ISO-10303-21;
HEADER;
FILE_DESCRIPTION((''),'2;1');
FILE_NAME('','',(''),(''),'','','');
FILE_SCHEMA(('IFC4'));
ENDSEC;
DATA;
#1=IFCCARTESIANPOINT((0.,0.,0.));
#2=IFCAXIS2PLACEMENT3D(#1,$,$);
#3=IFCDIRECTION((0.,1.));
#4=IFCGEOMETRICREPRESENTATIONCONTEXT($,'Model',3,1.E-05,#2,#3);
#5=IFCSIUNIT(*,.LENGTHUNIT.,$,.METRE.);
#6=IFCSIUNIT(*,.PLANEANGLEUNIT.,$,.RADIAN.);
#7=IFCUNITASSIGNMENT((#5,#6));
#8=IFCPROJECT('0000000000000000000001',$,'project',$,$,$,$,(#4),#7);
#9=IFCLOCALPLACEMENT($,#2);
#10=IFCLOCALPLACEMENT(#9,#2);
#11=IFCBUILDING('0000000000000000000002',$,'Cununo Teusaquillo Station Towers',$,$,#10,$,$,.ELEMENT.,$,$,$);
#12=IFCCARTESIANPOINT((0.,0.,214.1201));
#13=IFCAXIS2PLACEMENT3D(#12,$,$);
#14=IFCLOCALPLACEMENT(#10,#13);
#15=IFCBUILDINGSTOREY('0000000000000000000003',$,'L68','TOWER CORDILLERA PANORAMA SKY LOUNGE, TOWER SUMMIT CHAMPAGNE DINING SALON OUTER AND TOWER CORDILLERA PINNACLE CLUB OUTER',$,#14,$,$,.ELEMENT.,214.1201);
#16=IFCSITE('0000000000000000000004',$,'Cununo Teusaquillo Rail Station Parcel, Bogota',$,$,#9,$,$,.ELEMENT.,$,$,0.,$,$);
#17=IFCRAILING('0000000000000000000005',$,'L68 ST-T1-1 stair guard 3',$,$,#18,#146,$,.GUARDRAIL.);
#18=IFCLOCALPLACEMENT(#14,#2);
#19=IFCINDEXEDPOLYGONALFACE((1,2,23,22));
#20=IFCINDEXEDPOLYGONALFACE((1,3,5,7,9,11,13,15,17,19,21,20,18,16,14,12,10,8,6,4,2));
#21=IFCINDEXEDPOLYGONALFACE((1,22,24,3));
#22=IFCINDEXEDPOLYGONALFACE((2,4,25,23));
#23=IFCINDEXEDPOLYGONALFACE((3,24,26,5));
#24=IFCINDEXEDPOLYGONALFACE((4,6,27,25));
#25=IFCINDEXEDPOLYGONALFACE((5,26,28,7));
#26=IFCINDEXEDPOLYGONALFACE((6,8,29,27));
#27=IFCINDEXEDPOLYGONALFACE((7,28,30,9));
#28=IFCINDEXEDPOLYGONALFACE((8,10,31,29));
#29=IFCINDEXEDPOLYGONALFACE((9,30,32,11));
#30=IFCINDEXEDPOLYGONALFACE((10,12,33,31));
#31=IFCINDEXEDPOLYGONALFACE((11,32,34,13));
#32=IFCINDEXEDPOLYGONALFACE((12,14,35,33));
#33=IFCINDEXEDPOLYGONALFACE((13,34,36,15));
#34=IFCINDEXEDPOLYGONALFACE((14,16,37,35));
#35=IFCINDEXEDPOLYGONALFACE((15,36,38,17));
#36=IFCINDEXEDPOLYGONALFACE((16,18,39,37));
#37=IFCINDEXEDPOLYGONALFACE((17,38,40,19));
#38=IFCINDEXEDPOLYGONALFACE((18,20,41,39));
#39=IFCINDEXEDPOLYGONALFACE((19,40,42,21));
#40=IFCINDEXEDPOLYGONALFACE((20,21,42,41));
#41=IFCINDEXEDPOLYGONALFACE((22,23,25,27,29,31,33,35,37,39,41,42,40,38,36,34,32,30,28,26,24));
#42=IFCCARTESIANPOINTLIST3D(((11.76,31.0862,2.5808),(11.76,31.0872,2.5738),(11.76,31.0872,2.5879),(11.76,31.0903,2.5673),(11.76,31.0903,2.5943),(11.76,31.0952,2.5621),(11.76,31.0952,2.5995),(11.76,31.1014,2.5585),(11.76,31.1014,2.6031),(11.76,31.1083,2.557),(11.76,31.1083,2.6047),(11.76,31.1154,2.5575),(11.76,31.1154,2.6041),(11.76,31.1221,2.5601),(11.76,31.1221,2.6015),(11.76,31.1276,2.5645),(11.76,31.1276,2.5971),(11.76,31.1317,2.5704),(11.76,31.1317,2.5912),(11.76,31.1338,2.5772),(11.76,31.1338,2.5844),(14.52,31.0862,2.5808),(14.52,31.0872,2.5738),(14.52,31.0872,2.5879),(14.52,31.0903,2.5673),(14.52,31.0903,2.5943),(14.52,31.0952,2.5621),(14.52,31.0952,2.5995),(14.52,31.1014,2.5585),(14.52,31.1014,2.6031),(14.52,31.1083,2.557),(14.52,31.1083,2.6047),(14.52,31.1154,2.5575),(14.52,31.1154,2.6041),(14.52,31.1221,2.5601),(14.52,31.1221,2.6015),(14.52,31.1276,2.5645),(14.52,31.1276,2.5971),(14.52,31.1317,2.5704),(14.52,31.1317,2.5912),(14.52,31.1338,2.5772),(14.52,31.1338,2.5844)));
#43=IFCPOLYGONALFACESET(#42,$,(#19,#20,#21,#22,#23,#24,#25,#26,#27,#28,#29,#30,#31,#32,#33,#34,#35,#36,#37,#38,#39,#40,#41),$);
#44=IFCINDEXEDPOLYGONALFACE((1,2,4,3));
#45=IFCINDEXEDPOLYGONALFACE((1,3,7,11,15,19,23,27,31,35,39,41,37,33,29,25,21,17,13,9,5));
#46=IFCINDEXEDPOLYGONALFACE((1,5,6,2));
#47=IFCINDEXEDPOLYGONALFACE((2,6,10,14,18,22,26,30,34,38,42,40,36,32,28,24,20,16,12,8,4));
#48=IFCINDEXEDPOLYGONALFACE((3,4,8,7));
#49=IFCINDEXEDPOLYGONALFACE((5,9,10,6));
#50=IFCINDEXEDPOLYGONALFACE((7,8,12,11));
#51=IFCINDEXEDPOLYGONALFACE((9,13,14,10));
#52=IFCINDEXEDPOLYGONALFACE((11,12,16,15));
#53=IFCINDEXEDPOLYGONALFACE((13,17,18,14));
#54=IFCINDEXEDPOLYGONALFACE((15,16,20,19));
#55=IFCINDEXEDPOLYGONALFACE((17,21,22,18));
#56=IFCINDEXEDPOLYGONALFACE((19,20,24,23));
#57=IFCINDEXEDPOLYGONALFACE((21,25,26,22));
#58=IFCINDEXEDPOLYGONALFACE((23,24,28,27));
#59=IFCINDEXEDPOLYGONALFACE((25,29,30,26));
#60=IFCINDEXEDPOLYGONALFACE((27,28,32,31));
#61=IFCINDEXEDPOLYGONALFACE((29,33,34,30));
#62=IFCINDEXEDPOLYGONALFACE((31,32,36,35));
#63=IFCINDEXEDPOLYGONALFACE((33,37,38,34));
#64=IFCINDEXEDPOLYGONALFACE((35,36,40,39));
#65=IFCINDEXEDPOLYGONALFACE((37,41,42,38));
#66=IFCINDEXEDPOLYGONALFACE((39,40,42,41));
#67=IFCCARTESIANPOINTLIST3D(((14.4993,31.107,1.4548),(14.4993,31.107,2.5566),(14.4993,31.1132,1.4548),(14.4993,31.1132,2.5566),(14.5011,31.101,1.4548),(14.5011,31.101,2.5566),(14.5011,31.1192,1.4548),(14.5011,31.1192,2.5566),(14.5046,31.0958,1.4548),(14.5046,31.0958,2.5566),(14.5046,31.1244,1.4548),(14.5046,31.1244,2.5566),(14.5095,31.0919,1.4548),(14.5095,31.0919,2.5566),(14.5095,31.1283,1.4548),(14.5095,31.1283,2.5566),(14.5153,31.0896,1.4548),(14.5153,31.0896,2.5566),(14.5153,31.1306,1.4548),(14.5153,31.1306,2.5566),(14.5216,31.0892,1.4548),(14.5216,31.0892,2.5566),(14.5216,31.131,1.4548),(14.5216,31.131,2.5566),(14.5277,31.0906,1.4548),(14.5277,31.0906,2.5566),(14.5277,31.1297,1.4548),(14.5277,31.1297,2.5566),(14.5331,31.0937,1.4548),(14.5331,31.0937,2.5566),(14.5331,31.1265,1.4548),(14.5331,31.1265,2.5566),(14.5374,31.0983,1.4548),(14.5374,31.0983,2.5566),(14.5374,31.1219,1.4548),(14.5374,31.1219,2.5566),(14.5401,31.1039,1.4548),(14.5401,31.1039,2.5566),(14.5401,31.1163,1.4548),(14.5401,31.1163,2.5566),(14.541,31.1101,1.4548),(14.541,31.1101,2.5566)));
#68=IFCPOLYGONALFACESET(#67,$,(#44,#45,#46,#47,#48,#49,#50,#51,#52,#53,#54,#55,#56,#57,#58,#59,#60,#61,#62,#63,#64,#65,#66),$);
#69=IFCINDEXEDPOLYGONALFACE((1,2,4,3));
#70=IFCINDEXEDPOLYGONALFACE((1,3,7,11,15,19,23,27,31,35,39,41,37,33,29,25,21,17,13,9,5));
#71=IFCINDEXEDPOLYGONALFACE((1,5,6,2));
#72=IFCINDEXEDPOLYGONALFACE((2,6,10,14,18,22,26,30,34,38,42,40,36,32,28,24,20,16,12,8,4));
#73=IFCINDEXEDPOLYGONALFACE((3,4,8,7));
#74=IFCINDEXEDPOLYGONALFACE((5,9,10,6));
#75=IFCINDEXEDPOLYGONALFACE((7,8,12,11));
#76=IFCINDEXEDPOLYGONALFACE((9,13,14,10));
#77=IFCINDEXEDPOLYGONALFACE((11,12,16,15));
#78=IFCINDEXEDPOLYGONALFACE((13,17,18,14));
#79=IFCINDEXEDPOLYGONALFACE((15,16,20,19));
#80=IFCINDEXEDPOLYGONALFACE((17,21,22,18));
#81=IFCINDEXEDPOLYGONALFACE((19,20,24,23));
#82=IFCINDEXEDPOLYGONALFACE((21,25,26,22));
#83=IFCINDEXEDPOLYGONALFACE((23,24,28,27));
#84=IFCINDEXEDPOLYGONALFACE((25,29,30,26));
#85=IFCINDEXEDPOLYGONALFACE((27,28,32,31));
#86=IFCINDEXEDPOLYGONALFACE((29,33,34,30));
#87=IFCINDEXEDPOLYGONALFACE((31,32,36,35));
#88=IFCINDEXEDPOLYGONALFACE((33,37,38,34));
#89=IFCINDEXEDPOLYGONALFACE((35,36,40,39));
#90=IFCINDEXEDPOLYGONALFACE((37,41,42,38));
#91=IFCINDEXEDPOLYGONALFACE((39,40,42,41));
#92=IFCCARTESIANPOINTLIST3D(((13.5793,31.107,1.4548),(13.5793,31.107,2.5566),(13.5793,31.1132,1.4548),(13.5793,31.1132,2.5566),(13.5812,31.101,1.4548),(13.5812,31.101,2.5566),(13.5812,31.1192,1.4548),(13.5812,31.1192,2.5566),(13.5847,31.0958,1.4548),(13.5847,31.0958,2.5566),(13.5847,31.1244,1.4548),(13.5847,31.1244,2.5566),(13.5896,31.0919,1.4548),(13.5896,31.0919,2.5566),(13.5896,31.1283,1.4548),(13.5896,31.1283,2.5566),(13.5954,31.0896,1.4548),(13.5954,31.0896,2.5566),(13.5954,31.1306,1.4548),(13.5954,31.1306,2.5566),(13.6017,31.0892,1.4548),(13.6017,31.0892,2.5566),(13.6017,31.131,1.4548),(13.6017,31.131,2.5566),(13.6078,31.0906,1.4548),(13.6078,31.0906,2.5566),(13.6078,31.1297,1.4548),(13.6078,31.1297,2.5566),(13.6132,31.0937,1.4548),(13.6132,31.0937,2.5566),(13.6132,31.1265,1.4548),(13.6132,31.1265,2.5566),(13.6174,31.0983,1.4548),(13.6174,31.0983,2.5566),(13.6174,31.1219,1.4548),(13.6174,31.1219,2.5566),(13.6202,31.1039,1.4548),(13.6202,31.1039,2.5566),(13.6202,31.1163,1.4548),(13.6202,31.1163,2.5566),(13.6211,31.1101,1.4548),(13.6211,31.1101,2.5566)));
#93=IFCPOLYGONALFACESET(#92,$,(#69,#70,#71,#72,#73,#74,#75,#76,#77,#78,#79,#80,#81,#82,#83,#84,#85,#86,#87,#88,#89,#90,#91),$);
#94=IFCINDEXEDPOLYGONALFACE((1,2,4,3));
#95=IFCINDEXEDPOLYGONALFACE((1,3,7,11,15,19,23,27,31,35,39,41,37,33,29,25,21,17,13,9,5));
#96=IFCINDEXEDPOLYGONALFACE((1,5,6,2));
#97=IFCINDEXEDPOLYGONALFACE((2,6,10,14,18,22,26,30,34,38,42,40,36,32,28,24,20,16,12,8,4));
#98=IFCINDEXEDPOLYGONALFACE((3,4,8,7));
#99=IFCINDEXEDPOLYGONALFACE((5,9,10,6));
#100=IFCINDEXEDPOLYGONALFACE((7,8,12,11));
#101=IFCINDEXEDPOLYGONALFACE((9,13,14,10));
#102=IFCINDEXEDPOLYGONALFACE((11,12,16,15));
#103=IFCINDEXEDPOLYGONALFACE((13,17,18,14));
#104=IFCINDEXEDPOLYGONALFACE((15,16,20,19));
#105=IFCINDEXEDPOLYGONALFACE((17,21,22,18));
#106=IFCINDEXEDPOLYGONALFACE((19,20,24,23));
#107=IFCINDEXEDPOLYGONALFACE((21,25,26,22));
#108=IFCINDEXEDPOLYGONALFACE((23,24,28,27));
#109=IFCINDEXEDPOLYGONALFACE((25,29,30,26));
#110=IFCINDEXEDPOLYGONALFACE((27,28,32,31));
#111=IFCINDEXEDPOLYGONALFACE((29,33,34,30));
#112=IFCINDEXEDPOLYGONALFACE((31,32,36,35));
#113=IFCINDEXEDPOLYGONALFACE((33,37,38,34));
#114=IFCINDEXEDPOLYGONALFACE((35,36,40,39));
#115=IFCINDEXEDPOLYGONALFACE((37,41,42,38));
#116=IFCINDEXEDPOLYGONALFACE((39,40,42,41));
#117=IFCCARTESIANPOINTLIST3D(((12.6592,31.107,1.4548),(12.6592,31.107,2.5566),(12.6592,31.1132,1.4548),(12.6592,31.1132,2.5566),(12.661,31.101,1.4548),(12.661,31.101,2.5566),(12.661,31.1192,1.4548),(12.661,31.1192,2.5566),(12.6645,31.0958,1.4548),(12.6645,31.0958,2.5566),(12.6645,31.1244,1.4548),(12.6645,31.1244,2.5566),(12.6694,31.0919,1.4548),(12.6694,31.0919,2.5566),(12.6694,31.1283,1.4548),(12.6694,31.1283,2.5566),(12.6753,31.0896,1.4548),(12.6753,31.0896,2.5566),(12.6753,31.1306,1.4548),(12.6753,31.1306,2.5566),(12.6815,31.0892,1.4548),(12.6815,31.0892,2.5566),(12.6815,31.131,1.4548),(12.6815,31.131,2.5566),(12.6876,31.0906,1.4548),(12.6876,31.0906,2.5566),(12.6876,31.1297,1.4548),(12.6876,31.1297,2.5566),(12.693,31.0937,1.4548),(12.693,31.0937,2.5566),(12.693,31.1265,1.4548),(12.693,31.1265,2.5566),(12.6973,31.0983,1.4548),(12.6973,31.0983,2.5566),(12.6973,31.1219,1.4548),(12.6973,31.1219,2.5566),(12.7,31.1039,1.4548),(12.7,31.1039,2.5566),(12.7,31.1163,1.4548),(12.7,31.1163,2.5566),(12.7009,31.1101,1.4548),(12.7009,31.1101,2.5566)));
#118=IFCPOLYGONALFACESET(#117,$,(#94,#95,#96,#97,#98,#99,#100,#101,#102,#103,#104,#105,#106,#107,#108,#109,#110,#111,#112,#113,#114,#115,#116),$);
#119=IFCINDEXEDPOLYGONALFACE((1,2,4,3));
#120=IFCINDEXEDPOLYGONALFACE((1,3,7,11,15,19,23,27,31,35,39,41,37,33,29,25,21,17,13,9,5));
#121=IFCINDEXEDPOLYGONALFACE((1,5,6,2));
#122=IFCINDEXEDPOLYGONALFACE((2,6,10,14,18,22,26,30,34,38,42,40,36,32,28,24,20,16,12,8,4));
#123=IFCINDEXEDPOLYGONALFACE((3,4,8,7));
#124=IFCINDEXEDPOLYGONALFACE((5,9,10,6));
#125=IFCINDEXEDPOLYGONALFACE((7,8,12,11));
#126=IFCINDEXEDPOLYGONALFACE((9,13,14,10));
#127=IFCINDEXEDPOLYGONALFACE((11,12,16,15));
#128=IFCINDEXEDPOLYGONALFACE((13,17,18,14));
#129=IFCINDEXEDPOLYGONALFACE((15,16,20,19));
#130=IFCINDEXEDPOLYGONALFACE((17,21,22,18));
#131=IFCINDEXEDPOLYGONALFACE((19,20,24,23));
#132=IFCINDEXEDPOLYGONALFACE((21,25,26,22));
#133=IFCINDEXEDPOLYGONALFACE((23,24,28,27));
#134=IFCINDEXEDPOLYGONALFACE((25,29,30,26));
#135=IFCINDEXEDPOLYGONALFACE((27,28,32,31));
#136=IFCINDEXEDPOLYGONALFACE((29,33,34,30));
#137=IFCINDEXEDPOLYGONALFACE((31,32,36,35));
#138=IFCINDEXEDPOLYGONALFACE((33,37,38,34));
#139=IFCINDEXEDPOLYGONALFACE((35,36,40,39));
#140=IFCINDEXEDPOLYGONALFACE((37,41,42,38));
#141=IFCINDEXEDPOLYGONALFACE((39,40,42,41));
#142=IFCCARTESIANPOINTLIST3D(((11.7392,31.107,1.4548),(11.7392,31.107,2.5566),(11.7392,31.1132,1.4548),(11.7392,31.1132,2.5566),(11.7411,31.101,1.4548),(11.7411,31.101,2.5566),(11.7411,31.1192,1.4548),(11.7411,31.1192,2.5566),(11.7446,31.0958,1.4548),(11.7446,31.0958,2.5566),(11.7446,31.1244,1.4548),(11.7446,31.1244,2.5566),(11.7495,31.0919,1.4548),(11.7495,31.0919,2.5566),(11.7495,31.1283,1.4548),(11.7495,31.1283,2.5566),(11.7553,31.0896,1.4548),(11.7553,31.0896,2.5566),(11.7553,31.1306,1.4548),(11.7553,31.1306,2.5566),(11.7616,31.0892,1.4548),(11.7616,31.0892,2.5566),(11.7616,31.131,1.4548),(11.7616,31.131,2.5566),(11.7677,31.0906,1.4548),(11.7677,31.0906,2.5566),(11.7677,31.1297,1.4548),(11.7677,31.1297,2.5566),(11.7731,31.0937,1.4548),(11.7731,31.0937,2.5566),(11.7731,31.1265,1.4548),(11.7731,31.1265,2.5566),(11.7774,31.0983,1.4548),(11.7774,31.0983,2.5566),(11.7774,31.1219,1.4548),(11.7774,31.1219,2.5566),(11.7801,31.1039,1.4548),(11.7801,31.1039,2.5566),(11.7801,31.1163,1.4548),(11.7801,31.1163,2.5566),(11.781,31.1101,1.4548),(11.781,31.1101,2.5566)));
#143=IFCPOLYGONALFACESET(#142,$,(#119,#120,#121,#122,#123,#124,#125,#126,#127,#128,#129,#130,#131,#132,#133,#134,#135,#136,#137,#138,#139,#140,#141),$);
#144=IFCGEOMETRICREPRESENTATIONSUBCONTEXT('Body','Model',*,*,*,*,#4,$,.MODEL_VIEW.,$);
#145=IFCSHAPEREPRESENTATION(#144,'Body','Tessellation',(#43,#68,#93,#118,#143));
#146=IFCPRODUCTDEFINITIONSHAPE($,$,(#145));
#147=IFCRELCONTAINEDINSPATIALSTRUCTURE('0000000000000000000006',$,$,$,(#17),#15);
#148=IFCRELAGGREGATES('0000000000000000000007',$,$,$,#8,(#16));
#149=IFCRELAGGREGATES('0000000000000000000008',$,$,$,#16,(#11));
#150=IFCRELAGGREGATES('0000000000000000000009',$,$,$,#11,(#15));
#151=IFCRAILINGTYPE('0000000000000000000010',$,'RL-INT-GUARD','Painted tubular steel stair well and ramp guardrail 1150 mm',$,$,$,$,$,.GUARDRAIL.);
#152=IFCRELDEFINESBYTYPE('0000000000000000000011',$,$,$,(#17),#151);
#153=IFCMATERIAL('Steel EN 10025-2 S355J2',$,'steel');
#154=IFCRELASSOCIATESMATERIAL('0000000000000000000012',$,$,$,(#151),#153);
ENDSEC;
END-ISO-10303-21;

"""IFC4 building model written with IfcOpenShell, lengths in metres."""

from ifc_helpers import new_model, si_unit, direction, frame, origin, origin_2d, place, context, subcontext, project, spatial, circle, extrude, material, type_object, element, save


model = new_model("IFC4")

# Units and contexts
model_context = context("Model", 3, precision=1e-05, world=origin(), true_north=direction((0.0, 1.0)))
body_context = subcontext(model_context, "Body", "Model", "MODEL_VIEW")
ifc_project = project(units=[si_unit("LENGTHUNIT", "METRE"), si_unit("PLANEANGLEUNIT", "RADIAN")], contexts=[model_context])

# Site, building, storey
site_placement = place(None, origin())
site = spatial("IfcSite", under=ifc_project, at=site_placement, Name="Cununo Teusaquillo Rail Station Parcel, Bogota", CompositionType="ELEMENT", RefElevation=0.0)
building_placement = place(site_placement, origin())
building = spatial("IfcBuilding", under=site, at=building_placement, Name="Cununo Teusaquillo Station Towers", CompositionType="ELEMENT")
storey_placement = place(building_placement, frame((0.0, 0.0, 214.1201)))
storey = spatial("IfcBuildingStorey", under=building, at=storey_placement, Name="L68", Description="TOWER CORDILLERA PANORAMA SKY LOUNGE, TOWER SUMMIT CHAMPAGNE DINING SALON OUTER AND TOWER CORDILLERA PINNACLE CLUB OUTER", CompositionType="ELEMENT", Elevation=214.1201)

# Railing
ifc_material_1 = material(Name="Steel EN 10025-2 S355J2", Category="steel")
railing_type_1 = type_object("IfcRailingType", Name="RL-INT-GUARD", Description="Painted tubular steel stair well and ramp guardrail 1150 mm", PredefinedType="GUARDRAIL", material=ifc_material_1)
railing_1_placement = place(storey_placement, frame((14.52, 31.1101, 1.4548)))
element("IfcRailing", 1, at=railing_1_placement, inside=storey, type_object=railing_type_1, Name="L68 ST-T1-1 stair guard 3", PredefinedType="GUARDRAIL", context=body_context, shape_type="SweptSolid", body=[
    extrude(circle(Radius=0.0239, at=origin_2d()), frame((0.0, 0.0, 1.126), z_axis=(-1.0, 0.0, 0.0), x_axis=(0.0, -1.0, 0.0)), (0.0, 0.0, 1.0), 2.76),
    extrude(circle(Radius=0.021, at=origin_2d()), origin(), (0.0, 0.0, 1.0), 1.1018),
    extrude(circle(Radius=0.021, at=origin_2d()), frame((-0.9199, 0.0, 0.0)), (0.0, 0.0, 1.0), 1.1018),
    extrude(circle(Radius=0.021, at=origin_2d()), frame((-1.8401, 0.0, 0.0)), (0.0, 0.0, 1.0), 1.1018),
    extrude(circle(Radius=0.021, at=origin_2d()), frame((-2.76, 0.0, 0.0)), (0.0, 0.0, 1.0), 1.1018),
])

save(model, "model.ifc")
